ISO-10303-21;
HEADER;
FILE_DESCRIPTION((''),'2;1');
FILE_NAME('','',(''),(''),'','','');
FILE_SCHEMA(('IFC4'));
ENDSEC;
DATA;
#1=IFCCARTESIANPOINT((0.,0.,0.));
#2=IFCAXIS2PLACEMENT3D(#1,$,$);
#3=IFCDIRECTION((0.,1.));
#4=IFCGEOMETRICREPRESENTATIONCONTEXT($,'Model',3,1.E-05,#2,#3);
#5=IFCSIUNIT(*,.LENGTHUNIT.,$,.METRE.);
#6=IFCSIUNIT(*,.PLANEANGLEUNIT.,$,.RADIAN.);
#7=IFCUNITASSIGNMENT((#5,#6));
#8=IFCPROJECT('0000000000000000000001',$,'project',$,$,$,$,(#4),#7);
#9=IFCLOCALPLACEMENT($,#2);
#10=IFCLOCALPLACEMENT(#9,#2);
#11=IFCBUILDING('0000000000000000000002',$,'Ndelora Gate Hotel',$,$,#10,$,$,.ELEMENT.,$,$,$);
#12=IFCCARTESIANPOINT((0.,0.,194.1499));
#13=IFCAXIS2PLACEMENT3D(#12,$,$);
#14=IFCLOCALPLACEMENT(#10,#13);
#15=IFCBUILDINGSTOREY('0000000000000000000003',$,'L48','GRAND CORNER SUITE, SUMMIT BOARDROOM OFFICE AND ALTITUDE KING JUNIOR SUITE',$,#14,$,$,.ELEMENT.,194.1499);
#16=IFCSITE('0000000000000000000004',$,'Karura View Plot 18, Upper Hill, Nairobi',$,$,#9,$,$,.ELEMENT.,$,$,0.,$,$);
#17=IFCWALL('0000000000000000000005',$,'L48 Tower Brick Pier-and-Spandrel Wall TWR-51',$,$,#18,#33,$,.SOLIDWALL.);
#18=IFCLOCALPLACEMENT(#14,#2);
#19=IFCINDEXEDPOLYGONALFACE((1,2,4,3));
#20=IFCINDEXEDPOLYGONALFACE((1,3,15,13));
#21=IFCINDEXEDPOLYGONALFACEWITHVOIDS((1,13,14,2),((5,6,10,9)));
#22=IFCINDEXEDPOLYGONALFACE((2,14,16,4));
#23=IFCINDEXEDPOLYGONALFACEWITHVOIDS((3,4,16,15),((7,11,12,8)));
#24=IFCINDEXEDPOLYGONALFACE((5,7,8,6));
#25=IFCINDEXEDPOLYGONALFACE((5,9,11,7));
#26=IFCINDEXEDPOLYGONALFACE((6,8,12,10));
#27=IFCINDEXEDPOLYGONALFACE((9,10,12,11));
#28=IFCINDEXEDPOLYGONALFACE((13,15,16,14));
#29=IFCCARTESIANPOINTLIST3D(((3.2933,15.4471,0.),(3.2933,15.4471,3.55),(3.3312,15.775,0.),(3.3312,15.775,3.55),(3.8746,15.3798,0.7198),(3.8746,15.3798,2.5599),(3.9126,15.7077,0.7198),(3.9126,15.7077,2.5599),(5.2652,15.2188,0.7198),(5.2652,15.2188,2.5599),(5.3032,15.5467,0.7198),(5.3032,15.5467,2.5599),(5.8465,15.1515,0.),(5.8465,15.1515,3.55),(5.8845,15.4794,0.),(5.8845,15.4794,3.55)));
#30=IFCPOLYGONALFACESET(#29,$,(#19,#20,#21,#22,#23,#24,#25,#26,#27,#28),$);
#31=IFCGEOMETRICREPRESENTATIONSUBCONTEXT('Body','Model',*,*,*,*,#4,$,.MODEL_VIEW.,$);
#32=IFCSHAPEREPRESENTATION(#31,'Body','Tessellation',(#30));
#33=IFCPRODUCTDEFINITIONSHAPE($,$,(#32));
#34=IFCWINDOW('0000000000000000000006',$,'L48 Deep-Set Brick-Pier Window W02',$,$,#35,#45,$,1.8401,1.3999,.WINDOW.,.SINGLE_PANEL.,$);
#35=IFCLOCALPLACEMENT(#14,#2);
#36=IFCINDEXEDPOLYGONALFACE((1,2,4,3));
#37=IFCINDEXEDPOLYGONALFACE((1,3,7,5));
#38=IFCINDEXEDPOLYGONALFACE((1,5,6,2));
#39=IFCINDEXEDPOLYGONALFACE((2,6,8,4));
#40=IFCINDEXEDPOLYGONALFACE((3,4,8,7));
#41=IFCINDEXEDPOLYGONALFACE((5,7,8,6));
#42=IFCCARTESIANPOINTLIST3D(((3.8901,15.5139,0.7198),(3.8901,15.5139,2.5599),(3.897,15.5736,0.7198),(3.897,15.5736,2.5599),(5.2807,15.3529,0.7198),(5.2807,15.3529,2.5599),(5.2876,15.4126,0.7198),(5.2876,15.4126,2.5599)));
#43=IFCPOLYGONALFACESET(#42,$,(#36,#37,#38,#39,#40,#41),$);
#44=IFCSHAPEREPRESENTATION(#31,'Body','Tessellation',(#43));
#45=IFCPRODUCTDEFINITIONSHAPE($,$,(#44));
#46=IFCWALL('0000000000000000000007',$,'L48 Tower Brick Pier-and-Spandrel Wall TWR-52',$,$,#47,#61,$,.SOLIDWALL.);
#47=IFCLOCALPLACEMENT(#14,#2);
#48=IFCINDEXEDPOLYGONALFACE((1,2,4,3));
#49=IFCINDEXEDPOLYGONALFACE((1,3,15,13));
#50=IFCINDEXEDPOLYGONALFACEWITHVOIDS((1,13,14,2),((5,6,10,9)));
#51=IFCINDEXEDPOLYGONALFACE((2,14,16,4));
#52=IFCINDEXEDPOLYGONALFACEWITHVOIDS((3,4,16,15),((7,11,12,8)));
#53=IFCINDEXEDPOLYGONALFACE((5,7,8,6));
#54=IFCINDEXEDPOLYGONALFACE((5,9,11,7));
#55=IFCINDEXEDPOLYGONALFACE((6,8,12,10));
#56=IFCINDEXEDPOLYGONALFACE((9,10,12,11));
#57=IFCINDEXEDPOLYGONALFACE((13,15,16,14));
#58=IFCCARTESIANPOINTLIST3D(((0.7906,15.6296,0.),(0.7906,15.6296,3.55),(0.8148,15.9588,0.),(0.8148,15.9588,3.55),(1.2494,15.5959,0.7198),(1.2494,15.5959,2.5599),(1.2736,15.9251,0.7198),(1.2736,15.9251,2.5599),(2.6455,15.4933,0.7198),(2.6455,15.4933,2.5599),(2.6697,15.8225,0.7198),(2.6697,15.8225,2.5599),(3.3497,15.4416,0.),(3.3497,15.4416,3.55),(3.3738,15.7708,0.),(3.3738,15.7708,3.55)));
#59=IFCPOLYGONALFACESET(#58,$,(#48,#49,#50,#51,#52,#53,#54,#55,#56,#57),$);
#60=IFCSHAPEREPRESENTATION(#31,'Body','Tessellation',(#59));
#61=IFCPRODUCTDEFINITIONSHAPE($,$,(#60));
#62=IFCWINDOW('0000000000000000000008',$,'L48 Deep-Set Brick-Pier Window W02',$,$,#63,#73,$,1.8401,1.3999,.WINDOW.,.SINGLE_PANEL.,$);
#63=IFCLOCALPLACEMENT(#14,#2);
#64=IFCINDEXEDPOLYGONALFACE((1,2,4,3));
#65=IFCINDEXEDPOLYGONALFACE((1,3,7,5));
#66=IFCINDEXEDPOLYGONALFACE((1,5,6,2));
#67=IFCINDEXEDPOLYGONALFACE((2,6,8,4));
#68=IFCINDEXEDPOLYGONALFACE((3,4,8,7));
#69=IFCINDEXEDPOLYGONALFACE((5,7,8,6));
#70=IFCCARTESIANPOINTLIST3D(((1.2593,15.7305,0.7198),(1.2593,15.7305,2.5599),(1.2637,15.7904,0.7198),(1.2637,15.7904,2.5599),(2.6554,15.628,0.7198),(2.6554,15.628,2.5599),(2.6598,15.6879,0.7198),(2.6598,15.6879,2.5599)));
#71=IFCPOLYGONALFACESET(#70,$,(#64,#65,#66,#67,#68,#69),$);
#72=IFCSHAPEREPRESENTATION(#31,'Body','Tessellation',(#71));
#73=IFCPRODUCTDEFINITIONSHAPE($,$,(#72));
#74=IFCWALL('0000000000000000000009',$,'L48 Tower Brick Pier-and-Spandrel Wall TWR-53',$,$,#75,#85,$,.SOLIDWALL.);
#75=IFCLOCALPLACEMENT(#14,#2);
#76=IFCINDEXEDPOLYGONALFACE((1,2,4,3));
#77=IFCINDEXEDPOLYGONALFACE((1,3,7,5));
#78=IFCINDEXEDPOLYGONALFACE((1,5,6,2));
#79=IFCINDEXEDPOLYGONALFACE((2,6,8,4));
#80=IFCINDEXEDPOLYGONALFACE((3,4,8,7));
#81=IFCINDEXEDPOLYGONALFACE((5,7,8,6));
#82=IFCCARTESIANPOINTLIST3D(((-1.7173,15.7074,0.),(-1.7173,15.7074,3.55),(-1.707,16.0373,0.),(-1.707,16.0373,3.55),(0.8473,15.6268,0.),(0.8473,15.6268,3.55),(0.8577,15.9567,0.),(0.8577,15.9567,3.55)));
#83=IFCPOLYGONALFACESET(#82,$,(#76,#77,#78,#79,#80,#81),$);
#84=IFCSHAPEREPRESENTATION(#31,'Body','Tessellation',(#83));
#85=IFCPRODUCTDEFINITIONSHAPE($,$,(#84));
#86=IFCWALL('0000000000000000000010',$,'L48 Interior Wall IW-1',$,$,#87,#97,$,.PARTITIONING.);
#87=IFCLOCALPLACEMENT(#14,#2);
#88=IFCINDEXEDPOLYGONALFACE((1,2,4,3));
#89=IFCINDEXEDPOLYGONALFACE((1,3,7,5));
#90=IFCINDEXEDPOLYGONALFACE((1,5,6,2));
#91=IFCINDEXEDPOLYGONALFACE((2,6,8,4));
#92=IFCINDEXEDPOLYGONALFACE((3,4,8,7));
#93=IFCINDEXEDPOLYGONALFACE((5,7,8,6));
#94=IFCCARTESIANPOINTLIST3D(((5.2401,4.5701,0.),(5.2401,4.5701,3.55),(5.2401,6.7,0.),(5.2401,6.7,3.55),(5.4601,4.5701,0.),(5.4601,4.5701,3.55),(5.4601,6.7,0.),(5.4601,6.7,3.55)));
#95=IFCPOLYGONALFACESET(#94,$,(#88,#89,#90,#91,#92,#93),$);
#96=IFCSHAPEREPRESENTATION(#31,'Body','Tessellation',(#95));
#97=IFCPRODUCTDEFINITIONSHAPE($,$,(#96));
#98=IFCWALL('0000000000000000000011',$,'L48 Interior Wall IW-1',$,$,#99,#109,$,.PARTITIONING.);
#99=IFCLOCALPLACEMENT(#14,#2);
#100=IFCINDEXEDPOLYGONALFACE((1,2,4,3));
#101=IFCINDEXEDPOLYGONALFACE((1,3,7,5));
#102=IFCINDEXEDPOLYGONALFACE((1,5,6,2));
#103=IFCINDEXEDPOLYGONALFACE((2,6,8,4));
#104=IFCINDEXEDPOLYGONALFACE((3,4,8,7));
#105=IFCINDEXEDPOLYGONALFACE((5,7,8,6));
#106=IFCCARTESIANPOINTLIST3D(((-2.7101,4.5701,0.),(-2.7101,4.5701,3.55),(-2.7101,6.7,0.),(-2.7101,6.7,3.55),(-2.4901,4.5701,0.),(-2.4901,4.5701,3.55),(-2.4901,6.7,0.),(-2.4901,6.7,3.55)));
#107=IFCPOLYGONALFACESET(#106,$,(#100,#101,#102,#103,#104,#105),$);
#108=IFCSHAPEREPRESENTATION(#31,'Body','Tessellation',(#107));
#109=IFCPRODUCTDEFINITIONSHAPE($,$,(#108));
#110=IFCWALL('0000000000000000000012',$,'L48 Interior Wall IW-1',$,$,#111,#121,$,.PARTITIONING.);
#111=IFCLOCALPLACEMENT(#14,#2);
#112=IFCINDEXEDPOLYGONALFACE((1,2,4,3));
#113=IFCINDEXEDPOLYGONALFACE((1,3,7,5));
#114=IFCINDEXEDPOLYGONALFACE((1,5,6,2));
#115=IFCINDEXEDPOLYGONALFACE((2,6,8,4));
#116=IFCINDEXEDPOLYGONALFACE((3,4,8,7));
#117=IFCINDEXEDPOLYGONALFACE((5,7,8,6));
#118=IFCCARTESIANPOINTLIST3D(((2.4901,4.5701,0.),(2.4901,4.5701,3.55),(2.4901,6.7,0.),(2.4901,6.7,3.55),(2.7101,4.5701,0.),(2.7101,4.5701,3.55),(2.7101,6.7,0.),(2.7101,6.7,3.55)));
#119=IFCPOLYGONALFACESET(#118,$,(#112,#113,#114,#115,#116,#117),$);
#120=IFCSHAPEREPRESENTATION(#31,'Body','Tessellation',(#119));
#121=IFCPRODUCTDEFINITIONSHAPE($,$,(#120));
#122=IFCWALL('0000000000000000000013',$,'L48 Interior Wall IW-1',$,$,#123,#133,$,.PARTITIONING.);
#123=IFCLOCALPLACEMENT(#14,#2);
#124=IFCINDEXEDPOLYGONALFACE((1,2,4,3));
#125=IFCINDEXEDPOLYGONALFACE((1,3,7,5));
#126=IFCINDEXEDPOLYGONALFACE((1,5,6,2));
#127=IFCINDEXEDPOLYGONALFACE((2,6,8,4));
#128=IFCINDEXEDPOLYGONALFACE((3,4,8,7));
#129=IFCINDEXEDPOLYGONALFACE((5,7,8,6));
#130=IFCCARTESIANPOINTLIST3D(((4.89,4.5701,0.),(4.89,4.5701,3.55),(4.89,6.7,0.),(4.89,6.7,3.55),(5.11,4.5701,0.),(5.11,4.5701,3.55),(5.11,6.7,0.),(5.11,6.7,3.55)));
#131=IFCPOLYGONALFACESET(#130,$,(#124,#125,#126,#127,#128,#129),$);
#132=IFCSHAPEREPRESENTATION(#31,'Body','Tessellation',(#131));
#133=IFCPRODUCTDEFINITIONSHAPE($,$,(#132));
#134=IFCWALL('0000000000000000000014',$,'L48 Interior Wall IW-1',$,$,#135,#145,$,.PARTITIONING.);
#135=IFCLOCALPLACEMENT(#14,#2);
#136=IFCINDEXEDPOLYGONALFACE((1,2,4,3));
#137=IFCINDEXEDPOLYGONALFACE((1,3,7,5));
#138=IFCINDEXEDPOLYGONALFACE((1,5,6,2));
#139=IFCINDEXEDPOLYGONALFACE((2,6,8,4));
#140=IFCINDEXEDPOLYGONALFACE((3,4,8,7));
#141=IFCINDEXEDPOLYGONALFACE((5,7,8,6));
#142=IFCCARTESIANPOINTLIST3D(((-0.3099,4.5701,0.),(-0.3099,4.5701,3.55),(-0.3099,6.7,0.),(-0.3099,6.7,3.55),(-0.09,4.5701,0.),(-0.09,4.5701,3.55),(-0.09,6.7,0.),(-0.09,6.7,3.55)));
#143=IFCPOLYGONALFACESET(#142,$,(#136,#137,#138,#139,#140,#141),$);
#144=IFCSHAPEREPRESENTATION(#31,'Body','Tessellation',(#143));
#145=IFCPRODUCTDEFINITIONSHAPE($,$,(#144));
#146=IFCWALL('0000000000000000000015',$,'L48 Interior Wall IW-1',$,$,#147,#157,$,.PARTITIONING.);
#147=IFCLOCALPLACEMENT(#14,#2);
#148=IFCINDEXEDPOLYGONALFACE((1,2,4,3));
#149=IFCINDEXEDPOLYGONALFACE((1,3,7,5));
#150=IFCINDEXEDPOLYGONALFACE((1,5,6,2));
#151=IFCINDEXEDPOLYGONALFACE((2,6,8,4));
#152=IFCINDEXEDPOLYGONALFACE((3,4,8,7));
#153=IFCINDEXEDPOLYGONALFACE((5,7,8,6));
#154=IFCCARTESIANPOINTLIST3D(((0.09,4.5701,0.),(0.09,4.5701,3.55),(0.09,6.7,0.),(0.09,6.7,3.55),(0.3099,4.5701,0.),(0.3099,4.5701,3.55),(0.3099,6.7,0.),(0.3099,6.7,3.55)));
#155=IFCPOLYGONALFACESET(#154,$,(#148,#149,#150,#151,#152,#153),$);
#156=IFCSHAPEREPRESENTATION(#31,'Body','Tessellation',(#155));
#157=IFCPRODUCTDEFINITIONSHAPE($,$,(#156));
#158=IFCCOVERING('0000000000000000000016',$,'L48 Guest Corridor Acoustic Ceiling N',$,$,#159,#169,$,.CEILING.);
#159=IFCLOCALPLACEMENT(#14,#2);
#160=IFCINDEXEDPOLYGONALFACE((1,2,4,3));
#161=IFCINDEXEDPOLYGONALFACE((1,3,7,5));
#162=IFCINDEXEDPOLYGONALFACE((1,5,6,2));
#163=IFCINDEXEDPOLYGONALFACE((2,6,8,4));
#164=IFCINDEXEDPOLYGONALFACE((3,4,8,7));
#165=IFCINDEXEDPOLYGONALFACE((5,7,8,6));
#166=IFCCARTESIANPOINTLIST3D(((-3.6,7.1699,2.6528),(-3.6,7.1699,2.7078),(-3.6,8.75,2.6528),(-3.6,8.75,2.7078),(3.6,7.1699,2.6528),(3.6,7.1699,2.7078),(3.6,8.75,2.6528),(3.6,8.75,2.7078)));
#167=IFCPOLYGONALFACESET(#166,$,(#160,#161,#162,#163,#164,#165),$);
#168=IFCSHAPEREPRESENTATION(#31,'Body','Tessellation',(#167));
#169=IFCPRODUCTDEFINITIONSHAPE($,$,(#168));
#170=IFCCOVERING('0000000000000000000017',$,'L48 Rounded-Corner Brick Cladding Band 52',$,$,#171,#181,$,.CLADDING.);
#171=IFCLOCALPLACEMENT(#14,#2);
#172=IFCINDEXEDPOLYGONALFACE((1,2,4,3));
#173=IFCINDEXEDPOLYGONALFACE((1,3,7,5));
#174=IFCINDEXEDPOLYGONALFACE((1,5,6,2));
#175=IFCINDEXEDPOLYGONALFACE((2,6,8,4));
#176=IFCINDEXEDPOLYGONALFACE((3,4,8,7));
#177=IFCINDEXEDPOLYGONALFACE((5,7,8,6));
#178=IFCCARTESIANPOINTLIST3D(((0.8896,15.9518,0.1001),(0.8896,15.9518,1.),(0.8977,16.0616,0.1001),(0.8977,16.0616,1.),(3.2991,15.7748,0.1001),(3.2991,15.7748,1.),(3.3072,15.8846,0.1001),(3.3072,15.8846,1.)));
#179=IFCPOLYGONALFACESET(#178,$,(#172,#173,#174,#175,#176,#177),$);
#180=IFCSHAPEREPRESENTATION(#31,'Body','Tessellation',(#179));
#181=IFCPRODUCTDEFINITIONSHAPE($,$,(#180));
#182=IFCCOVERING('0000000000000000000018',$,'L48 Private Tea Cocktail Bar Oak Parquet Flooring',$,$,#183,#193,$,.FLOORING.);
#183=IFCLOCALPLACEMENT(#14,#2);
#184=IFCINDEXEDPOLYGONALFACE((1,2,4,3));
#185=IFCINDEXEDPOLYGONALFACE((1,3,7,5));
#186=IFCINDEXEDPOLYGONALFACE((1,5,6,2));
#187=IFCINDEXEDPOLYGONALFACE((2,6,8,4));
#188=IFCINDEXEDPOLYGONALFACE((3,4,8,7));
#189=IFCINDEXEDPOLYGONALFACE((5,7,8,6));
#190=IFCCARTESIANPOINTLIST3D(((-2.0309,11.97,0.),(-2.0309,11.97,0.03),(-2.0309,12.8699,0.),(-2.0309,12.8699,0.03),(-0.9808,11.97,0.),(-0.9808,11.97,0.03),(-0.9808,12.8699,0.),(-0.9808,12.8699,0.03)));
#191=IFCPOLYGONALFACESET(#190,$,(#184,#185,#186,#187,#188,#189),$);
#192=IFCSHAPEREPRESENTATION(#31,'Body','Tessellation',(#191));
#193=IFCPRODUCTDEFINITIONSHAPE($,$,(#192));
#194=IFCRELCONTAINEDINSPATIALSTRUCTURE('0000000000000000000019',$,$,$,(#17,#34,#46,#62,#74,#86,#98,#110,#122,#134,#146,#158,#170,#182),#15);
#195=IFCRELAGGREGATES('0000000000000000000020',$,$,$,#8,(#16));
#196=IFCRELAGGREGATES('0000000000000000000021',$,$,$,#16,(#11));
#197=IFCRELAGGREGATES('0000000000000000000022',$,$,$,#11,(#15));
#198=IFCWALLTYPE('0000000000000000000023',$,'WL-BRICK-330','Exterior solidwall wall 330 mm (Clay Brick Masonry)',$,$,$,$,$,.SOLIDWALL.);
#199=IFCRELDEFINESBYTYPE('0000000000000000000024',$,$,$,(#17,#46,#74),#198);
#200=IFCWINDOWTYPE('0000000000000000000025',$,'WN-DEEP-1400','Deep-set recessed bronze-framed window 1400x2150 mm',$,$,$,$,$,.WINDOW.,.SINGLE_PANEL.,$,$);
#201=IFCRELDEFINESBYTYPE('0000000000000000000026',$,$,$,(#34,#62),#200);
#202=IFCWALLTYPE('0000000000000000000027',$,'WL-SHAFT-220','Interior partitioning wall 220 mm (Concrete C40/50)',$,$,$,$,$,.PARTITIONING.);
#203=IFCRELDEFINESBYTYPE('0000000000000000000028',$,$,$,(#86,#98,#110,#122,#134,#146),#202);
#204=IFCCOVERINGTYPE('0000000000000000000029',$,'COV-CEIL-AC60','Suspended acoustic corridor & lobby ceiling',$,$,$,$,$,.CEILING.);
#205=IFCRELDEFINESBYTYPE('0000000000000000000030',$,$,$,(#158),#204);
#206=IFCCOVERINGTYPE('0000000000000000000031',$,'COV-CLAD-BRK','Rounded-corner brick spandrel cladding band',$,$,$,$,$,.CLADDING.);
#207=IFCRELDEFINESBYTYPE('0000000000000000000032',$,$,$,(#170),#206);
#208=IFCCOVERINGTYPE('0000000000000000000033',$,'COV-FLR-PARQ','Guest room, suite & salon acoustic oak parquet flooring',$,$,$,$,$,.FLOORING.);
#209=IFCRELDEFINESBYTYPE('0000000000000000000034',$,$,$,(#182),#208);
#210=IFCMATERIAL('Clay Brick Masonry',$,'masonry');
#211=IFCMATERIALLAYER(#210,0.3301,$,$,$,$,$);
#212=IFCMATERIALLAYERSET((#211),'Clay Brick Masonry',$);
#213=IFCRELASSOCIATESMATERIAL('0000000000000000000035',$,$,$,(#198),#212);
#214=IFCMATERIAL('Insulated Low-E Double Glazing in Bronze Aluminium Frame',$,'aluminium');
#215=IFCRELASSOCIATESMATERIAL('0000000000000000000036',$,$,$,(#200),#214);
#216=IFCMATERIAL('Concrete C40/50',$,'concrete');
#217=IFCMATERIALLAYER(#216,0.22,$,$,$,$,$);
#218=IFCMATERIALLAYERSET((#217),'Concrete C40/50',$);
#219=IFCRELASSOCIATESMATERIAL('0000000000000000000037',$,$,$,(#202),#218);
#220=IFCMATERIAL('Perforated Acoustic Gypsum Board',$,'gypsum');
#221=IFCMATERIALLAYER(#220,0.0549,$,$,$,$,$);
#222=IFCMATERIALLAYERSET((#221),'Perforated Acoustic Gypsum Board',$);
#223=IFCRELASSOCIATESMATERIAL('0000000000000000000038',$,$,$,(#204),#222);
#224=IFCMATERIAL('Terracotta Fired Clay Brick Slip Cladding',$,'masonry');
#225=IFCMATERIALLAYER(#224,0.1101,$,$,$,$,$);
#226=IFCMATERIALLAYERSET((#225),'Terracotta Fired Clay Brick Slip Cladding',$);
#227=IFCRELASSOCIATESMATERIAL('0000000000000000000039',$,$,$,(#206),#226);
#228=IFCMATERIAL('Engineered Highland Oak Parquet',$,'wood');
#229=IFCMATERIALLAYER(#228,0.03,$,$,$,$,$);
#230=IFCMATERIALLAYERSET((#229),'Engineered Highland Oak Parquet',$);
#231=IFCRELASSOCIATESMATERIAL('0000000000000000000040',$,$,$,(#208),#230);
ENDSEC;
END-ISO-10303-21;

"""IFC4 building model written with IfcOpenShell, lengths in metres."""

from ifc_helpers import new_model, si_unit, direction, frame, frame_2d, origin, origin_2d, place, context, subcontext, project, spatial, rectangle, extrude, material, layer, layer_set, type_object, element, fill, save


model = new_model("IFC4")

# Units and contexts
model_context = context("Model", 3, precision=1e-05, world=origin(), true_north=direction((0.0, 1.0)))
body_context = subcontext(model_context, "Body", "Model", "MODEL_VIEW")
ifc_project = project(units=[si_unit("LENGTHUNIT", "METRE"), si_unit("PLANEANGLEUNIT", "RADIAN")], contexts=[model_context])

# Site, building, storey
site_placement = place(None, origin())
site = spatial("IfcSite", under=ifc_project, at=site_placement, Name="Karura View Plot 18, Upper Hill, Nairobi", CompositionType="ELEMENT", RefElevation=0.0)
building_placement = place(site_placement, origin())
building = spatial("IfcBuilding", under=site, at=building_placement, Name="Ndelora Gate Hotel", CompositionType="ELEMENT")
storey_placement = place(building_placement, frame((0.0, 0.0, 194.1499)))
storey = spatial("IfcBuildingStorey", under=building, at=storey_placement, Name="L48", Description="GRAND CORNER SUITE, SUMMIT BOARDROOM OFFICE AND ALTITUDE KING JUNIOR SUITE", CompositionType="ELEMENT", Elevation=194.1499)

# Walls, openings, windows
ifc_material_1 = material(Name="Clay Brick Masonry", Category="masonry")
ifc_layer_1 = layer(ifc_material_1, 0.3301)
ifc_layer_set_1 = layer_set([ifc_layer_1], Name="Clay Brick Masonry")
wall_type_1 = type_object("IfcWallType", Name="WL-BRICK-330", Description="Exterior solidwall wall 330 mm (Clay Brick Masonry)", PredefinedType="SOLIDWALL", material=ifc_layer_set_1)
ifc_material_2 = material(Name="Insulated Low-E Double Glazing in Bronze Aluminium Frame", Category="aluminium")
window_type = type_object("IfcWindowType", Name="WN-DEEP-1400", Description="Deep-set recessed bronze-framed window 1400x2150 mm", PartitioningType="SINGLE_PANEL", PredefinedType="WINDOW", material=ifc_material_2)
wall_1_placement = place(storey_placement, frame((3.3123, 15.6111, 0.0), z_axis=(0.0, 0.0, 1.0), x_axis=(0.993362, -0.115028, 0.0)))
wall_1 = element("IfcWall", 1, at=wall_1_placement, inside=storey, type_object=wall_type_1, Name="L48 Tower Brick Pier-and-Spandrel Wall TWR-51", PredefinedType="SOLIDWALL", context=body_context, shape_type="SweptSolid", body=[
    extrude(rectangle(XDim=2.5703, YDim=0.3301, at=frame_2d((1.2852, 0.0))), origin(), (0.0, 0.0, 1.0), 3.55),
])
opening_1_placement = place(wall_1_placement, frame((0.5852, 0.0, 0.72)))
opening_1 = element("IfcOpeningElement", 2, at=opening_1_placement, cuts=wall_1, PredefinedType="OPENING", context=body_context, shape_type="SweptSolid", body=[
    extrude(rectangle(XDim=1.3999, YDim=1.8401, at=frame_2d((0.7, 0.9199))), frame((0.0, 0.175, 0.0), z_axis=(0.0, -1.0, 0.0), x_axis=(1.0, 0.0, 0.0)), (0.0, 0.0, 1.0), 0.3501),
])
window_1_placement = place(opening_1_placement, origin())
window_1 = element("IfcWindow", 3, at=window_1_placement, inside=storey, type_object=window_type, Name="L48 Deep-Set Brick-Pier Window W02", OverallHeight=1.8401, OverallWidth=1.3999, PartitioningType="SINGLE_PANEL", PredefinedType="WINDOW", context=body_context, shape_type="SweptSolid", body=[
    extrude(rectangle(XDim=1.3999, YDim=1.8401, at=frame_2d((0.7, 0.9199))), frame((0.0, 0.03, 0.0), z_axis=(0.0, -1.0, 0.0), x_axis=(1.0, 0.0, 0.0)), (0.0, 0.0, 1.0), 0.0601),
])
fill(opening_1, window_1)
wall_2_placement = place(storey_placement, frame((0.8027, 15.7942, 0.0), z_axis=(0.0, 0.0, 1.0), x_axis=(0.997313, -0.073262, 0.0)))
wall_2 = element("IfcWall", 4, at=wall_2_placement, inside=storey, type_object=wall_type_1, Name="L48 Tower Brick Pier-and-Spandrel Wall TWR-52", PredefinedType="SOLIDWALL", context=body_context, shape_type="SweptSolid", body=[
    extrude(rectangle(XDim=2.5659, YDim=0.3301, at=frame_2d((1.283, 0.0))), origin(), (0.0, 0.0, 1.0), 3.55),
])
opening_2_placement = place(wall_2_placement, frame((0.46, 0.0, 0.72)))
opening_2 = element("IfcOpeningElement", 5, at=opening_2_placement, cuts=wall_2, PredefinedType="OPENING", context=body_context, shape_type="SweptSolid", body=[
    extrude(rectangle(XDim=1.3999, YDim=1.8401, at=frame_2d((0.7, 0.9199))), frame((0.0, 0.175, 0.0), z_axis=(0.0, -1.0, 0.0), x_axis=(1.0, 0.0, 0.0)), (0.0, 0.0, 1.0), 0.3501),
])
window_2_placement = place(opening_2_placement, origin())
window_2 = element("IfcWindow", 6, at=window_2_placement, inside=storey, type_object=window_type, Name="L48 Deep-Set Brick-Pier Window W02", OverallHeight=1.8401, OverallWidth=1.3999, PartitioningType="SINGLE_PANEL", PredefinedType="WINDOW", context=body_context, shape_type="SweptSolid", body=[
    extrude(rectangle(XDim=1.3999, YDim=1.8401, at=frame_2d((0.7, 0.9199))), frame((0.0, 0.03, 0.0), z_axis=(0.0, -1.0, 0.0), x_axis=(1.0, 0.0, 0.0)), (0.0, 0.0, 1.0), 0.0601),
])
fill(opening_2, window_2)

# Walls
wall_3_placement = place(storey_placement, frame((-1.7122, 15.8723, 0.0), z_axis=(0.0, 0.0, 1.0), x_axis=(0.999507, -0.031398, 0.0)))
element("IfcWall", 7, at=wall_3_placement, inside=storey, type_object=wall_type_1, Name="L48 Tower Brick Pier-and-Spandrel Wall TWR-53", PredefinedType="SOLIDWALL", context=body_context, shape_type="SweptSolid", body=[
    extrude(rectangle(XDim=2.5659, YDim=0.3301, at=frame_2d((1.283, 0.0))), origin(), (0.0, 0.0, 1.0), 3.55),
])
ifc_material_3 = material(Name="Concrete C40/50", Category="concrete")
ifc_layer_2 = layer(ifc_material_3, 0.22)
ifc_layer_set_2 = layer_set([ifc_layer_2], Name="Concrete C40/50")
wall_type_2 = type_object("IfcWallType", Name="WL-SHAFT-220", Description="Interior partitioning wall 220 mm (Concrete C40/50)", PredefinedType="PARTITIONING", material=ifc_layer_set_2)
for number, where, z_axis, x_axis, name in (
    (8, (5.3501, 4.5701, 0.0), (0.0, 0.0, 1.0), (0.0, 1.0, 0.0), "L48 Interior Wall IW-1"),
    (9, (-2.6001, 4.5701, 0.0), (0.0, 0.0, 1.0), (0.0, 1.0, 0.0), "L48 Interior Wall IW-1"),
    (10, (2.6001, 4.5701, 0.0), (0.0, 0.0, 1.0), (0.0, 1.0, 0.0), "L48 Interior Wall IW-1"),
    (11, (5.0, 4.5701, 0.0), (0.0, 0.0, 1.0), (0.0, 1.0, 0.0), "L48 Interior Wall IW-1"),
    (12, (-0.2, 4.5701, 0.0), (0.0, 0.0, 1.0), (0.0, 1.0, 0.0), "L48 Interior Wall IW-1"),
    (13, (0.2, 4.5701, 0.0), (0.0, 0.0, 1.0), (0.0, 1.0, 0.0), "L48 Interior Wall IW-1"),
):
    element("IfcWall", number, at=place(storey_placement, frame(where, z_axis=z_axis, x_axis=x_axis)), inside=storey, type_object=wall_type_2, Name=name, PredefinedType="PARTITIONING", context=body_context, shape_type="SweptSolid", body=[
        extrude(rectangle(XDim=2.1299, YDim=0.22, at=frame_2d((1.0649, 0.0))), origin(), (0.0, 0.0, 1.0), 3.55),
    ])

# Coverings
ifc_material_4 = material(Name="Perforated Acoustic Gypsum Board", Category="gypsum")
ifc_layer_3 = layer(ifc_material_4, 0.0549)
ifc_layer_set_3 = layer_set([ifc_layer_3], Name="Perforated Acoustic Gypsum Board")
covering_type_1 = type_object("IfcCoveringType", Name="COV-CEIL-AC60", Description="Suspended acoustic corridor & lobby ceiling", PredefinedType="CEILING", material=ifc_layer_set_3)
covering_1_placement = place(storey_placement, frame((0.0, 7.96, 2.6528), z_axis=(0.0, 0.0, 1.0), x_axis=(1.0, 0.0, 0.0)))
element("IfcCovering", 14, at=covering_1_placement, inside=storey, type_object=covering_type_1, Name="L48 Guest Corridor Acoustic Ceiling N", PredefinedType="CEILING", context=body_context, shape_type="SweptSolid", body=[
    extrude(rectangle(XDim=7.2, YDim=1.5801, at=origin_2d()), origin(), (0.0, 0.0, 1.0), 0.0549),
])
ifc_material_5 = material(Name="Terracotta Fired Clay Brick Slip Cladding", Category="masonry")
ifc_layer_4 = layer(ifc_material_5, 0.1101)
ifc_layer_set_4 = layer_set([ifc_layer_4], Name="Terracotta Fired Clay Brick Slip Cladding")
covering_type_2 = type_object("IfcCoveringType", Name="COV-CLAD-BRK", Description="Rounded-corner brick spandrel cladding band", PredefinedType="CLADDING", material=ifc_layer_set_4)
covering_2_placement = place(storey_placement, frame((2.0984, 15.9182, 0.1001), z_axis=(0.0, 0.0, 1.0), x_axis=(-0.997314, 0.073238, 0.0)))
element("IfcCovering", 15, at=covering_2_placement, inside=storey, type_object=covering_type_2, Name="L48 Rounded-Corner Brick Cladding Band 52", PredefinedType="CLADDING", context=body_context, shape_type="SweptSolid", body=[
    extrude(rectangle(XDim=2.416, YDim=0.1101, at=origin_2d()), origin(), (0.0, 0.0, 1.0), 0.8999),
])
ifc_material_6 = material(Name="Engineered Highland Oak Parquet", Category="wood")
ifc_layer_5 = layer(ifc_material_6, 0.03)
ifc_layer_set_5 = layer_set([ifc_layer_5], Name="Engineered Highland Oak Parquet")
covering_type_3 = type_object("IfcCoveringType", Name="COV-FLR-PARQ", Description="Guest room, suite & salon acoustic oak parquet flooring", PredefinedType="FLOORING", material=ifc_layer_set_5)
covering_3_placement = place(storey_placement, frame((-1.5059, 12.4199, 0.0), z_axis=(0.0, 0.0, 1.0), x_axis=(1.0, 0.0, 0.0)))
element("IfcCovering", 16, at=covering_3_placement, inside=storey, type_object=covering_type_3, Name="L48 Private Tea Cocktail Bar Oak Parquet Flooring", PredefinedType="FLOORING", context=body_context, shape_type="SweptSolid", body=[
    extrude(rectangle(XDim=1.05, YDim=0.8999, at=origin_2d()), origin(), (0.0, 0.0, 1.0), 0.03),
])

save(model, "model.ifc")
